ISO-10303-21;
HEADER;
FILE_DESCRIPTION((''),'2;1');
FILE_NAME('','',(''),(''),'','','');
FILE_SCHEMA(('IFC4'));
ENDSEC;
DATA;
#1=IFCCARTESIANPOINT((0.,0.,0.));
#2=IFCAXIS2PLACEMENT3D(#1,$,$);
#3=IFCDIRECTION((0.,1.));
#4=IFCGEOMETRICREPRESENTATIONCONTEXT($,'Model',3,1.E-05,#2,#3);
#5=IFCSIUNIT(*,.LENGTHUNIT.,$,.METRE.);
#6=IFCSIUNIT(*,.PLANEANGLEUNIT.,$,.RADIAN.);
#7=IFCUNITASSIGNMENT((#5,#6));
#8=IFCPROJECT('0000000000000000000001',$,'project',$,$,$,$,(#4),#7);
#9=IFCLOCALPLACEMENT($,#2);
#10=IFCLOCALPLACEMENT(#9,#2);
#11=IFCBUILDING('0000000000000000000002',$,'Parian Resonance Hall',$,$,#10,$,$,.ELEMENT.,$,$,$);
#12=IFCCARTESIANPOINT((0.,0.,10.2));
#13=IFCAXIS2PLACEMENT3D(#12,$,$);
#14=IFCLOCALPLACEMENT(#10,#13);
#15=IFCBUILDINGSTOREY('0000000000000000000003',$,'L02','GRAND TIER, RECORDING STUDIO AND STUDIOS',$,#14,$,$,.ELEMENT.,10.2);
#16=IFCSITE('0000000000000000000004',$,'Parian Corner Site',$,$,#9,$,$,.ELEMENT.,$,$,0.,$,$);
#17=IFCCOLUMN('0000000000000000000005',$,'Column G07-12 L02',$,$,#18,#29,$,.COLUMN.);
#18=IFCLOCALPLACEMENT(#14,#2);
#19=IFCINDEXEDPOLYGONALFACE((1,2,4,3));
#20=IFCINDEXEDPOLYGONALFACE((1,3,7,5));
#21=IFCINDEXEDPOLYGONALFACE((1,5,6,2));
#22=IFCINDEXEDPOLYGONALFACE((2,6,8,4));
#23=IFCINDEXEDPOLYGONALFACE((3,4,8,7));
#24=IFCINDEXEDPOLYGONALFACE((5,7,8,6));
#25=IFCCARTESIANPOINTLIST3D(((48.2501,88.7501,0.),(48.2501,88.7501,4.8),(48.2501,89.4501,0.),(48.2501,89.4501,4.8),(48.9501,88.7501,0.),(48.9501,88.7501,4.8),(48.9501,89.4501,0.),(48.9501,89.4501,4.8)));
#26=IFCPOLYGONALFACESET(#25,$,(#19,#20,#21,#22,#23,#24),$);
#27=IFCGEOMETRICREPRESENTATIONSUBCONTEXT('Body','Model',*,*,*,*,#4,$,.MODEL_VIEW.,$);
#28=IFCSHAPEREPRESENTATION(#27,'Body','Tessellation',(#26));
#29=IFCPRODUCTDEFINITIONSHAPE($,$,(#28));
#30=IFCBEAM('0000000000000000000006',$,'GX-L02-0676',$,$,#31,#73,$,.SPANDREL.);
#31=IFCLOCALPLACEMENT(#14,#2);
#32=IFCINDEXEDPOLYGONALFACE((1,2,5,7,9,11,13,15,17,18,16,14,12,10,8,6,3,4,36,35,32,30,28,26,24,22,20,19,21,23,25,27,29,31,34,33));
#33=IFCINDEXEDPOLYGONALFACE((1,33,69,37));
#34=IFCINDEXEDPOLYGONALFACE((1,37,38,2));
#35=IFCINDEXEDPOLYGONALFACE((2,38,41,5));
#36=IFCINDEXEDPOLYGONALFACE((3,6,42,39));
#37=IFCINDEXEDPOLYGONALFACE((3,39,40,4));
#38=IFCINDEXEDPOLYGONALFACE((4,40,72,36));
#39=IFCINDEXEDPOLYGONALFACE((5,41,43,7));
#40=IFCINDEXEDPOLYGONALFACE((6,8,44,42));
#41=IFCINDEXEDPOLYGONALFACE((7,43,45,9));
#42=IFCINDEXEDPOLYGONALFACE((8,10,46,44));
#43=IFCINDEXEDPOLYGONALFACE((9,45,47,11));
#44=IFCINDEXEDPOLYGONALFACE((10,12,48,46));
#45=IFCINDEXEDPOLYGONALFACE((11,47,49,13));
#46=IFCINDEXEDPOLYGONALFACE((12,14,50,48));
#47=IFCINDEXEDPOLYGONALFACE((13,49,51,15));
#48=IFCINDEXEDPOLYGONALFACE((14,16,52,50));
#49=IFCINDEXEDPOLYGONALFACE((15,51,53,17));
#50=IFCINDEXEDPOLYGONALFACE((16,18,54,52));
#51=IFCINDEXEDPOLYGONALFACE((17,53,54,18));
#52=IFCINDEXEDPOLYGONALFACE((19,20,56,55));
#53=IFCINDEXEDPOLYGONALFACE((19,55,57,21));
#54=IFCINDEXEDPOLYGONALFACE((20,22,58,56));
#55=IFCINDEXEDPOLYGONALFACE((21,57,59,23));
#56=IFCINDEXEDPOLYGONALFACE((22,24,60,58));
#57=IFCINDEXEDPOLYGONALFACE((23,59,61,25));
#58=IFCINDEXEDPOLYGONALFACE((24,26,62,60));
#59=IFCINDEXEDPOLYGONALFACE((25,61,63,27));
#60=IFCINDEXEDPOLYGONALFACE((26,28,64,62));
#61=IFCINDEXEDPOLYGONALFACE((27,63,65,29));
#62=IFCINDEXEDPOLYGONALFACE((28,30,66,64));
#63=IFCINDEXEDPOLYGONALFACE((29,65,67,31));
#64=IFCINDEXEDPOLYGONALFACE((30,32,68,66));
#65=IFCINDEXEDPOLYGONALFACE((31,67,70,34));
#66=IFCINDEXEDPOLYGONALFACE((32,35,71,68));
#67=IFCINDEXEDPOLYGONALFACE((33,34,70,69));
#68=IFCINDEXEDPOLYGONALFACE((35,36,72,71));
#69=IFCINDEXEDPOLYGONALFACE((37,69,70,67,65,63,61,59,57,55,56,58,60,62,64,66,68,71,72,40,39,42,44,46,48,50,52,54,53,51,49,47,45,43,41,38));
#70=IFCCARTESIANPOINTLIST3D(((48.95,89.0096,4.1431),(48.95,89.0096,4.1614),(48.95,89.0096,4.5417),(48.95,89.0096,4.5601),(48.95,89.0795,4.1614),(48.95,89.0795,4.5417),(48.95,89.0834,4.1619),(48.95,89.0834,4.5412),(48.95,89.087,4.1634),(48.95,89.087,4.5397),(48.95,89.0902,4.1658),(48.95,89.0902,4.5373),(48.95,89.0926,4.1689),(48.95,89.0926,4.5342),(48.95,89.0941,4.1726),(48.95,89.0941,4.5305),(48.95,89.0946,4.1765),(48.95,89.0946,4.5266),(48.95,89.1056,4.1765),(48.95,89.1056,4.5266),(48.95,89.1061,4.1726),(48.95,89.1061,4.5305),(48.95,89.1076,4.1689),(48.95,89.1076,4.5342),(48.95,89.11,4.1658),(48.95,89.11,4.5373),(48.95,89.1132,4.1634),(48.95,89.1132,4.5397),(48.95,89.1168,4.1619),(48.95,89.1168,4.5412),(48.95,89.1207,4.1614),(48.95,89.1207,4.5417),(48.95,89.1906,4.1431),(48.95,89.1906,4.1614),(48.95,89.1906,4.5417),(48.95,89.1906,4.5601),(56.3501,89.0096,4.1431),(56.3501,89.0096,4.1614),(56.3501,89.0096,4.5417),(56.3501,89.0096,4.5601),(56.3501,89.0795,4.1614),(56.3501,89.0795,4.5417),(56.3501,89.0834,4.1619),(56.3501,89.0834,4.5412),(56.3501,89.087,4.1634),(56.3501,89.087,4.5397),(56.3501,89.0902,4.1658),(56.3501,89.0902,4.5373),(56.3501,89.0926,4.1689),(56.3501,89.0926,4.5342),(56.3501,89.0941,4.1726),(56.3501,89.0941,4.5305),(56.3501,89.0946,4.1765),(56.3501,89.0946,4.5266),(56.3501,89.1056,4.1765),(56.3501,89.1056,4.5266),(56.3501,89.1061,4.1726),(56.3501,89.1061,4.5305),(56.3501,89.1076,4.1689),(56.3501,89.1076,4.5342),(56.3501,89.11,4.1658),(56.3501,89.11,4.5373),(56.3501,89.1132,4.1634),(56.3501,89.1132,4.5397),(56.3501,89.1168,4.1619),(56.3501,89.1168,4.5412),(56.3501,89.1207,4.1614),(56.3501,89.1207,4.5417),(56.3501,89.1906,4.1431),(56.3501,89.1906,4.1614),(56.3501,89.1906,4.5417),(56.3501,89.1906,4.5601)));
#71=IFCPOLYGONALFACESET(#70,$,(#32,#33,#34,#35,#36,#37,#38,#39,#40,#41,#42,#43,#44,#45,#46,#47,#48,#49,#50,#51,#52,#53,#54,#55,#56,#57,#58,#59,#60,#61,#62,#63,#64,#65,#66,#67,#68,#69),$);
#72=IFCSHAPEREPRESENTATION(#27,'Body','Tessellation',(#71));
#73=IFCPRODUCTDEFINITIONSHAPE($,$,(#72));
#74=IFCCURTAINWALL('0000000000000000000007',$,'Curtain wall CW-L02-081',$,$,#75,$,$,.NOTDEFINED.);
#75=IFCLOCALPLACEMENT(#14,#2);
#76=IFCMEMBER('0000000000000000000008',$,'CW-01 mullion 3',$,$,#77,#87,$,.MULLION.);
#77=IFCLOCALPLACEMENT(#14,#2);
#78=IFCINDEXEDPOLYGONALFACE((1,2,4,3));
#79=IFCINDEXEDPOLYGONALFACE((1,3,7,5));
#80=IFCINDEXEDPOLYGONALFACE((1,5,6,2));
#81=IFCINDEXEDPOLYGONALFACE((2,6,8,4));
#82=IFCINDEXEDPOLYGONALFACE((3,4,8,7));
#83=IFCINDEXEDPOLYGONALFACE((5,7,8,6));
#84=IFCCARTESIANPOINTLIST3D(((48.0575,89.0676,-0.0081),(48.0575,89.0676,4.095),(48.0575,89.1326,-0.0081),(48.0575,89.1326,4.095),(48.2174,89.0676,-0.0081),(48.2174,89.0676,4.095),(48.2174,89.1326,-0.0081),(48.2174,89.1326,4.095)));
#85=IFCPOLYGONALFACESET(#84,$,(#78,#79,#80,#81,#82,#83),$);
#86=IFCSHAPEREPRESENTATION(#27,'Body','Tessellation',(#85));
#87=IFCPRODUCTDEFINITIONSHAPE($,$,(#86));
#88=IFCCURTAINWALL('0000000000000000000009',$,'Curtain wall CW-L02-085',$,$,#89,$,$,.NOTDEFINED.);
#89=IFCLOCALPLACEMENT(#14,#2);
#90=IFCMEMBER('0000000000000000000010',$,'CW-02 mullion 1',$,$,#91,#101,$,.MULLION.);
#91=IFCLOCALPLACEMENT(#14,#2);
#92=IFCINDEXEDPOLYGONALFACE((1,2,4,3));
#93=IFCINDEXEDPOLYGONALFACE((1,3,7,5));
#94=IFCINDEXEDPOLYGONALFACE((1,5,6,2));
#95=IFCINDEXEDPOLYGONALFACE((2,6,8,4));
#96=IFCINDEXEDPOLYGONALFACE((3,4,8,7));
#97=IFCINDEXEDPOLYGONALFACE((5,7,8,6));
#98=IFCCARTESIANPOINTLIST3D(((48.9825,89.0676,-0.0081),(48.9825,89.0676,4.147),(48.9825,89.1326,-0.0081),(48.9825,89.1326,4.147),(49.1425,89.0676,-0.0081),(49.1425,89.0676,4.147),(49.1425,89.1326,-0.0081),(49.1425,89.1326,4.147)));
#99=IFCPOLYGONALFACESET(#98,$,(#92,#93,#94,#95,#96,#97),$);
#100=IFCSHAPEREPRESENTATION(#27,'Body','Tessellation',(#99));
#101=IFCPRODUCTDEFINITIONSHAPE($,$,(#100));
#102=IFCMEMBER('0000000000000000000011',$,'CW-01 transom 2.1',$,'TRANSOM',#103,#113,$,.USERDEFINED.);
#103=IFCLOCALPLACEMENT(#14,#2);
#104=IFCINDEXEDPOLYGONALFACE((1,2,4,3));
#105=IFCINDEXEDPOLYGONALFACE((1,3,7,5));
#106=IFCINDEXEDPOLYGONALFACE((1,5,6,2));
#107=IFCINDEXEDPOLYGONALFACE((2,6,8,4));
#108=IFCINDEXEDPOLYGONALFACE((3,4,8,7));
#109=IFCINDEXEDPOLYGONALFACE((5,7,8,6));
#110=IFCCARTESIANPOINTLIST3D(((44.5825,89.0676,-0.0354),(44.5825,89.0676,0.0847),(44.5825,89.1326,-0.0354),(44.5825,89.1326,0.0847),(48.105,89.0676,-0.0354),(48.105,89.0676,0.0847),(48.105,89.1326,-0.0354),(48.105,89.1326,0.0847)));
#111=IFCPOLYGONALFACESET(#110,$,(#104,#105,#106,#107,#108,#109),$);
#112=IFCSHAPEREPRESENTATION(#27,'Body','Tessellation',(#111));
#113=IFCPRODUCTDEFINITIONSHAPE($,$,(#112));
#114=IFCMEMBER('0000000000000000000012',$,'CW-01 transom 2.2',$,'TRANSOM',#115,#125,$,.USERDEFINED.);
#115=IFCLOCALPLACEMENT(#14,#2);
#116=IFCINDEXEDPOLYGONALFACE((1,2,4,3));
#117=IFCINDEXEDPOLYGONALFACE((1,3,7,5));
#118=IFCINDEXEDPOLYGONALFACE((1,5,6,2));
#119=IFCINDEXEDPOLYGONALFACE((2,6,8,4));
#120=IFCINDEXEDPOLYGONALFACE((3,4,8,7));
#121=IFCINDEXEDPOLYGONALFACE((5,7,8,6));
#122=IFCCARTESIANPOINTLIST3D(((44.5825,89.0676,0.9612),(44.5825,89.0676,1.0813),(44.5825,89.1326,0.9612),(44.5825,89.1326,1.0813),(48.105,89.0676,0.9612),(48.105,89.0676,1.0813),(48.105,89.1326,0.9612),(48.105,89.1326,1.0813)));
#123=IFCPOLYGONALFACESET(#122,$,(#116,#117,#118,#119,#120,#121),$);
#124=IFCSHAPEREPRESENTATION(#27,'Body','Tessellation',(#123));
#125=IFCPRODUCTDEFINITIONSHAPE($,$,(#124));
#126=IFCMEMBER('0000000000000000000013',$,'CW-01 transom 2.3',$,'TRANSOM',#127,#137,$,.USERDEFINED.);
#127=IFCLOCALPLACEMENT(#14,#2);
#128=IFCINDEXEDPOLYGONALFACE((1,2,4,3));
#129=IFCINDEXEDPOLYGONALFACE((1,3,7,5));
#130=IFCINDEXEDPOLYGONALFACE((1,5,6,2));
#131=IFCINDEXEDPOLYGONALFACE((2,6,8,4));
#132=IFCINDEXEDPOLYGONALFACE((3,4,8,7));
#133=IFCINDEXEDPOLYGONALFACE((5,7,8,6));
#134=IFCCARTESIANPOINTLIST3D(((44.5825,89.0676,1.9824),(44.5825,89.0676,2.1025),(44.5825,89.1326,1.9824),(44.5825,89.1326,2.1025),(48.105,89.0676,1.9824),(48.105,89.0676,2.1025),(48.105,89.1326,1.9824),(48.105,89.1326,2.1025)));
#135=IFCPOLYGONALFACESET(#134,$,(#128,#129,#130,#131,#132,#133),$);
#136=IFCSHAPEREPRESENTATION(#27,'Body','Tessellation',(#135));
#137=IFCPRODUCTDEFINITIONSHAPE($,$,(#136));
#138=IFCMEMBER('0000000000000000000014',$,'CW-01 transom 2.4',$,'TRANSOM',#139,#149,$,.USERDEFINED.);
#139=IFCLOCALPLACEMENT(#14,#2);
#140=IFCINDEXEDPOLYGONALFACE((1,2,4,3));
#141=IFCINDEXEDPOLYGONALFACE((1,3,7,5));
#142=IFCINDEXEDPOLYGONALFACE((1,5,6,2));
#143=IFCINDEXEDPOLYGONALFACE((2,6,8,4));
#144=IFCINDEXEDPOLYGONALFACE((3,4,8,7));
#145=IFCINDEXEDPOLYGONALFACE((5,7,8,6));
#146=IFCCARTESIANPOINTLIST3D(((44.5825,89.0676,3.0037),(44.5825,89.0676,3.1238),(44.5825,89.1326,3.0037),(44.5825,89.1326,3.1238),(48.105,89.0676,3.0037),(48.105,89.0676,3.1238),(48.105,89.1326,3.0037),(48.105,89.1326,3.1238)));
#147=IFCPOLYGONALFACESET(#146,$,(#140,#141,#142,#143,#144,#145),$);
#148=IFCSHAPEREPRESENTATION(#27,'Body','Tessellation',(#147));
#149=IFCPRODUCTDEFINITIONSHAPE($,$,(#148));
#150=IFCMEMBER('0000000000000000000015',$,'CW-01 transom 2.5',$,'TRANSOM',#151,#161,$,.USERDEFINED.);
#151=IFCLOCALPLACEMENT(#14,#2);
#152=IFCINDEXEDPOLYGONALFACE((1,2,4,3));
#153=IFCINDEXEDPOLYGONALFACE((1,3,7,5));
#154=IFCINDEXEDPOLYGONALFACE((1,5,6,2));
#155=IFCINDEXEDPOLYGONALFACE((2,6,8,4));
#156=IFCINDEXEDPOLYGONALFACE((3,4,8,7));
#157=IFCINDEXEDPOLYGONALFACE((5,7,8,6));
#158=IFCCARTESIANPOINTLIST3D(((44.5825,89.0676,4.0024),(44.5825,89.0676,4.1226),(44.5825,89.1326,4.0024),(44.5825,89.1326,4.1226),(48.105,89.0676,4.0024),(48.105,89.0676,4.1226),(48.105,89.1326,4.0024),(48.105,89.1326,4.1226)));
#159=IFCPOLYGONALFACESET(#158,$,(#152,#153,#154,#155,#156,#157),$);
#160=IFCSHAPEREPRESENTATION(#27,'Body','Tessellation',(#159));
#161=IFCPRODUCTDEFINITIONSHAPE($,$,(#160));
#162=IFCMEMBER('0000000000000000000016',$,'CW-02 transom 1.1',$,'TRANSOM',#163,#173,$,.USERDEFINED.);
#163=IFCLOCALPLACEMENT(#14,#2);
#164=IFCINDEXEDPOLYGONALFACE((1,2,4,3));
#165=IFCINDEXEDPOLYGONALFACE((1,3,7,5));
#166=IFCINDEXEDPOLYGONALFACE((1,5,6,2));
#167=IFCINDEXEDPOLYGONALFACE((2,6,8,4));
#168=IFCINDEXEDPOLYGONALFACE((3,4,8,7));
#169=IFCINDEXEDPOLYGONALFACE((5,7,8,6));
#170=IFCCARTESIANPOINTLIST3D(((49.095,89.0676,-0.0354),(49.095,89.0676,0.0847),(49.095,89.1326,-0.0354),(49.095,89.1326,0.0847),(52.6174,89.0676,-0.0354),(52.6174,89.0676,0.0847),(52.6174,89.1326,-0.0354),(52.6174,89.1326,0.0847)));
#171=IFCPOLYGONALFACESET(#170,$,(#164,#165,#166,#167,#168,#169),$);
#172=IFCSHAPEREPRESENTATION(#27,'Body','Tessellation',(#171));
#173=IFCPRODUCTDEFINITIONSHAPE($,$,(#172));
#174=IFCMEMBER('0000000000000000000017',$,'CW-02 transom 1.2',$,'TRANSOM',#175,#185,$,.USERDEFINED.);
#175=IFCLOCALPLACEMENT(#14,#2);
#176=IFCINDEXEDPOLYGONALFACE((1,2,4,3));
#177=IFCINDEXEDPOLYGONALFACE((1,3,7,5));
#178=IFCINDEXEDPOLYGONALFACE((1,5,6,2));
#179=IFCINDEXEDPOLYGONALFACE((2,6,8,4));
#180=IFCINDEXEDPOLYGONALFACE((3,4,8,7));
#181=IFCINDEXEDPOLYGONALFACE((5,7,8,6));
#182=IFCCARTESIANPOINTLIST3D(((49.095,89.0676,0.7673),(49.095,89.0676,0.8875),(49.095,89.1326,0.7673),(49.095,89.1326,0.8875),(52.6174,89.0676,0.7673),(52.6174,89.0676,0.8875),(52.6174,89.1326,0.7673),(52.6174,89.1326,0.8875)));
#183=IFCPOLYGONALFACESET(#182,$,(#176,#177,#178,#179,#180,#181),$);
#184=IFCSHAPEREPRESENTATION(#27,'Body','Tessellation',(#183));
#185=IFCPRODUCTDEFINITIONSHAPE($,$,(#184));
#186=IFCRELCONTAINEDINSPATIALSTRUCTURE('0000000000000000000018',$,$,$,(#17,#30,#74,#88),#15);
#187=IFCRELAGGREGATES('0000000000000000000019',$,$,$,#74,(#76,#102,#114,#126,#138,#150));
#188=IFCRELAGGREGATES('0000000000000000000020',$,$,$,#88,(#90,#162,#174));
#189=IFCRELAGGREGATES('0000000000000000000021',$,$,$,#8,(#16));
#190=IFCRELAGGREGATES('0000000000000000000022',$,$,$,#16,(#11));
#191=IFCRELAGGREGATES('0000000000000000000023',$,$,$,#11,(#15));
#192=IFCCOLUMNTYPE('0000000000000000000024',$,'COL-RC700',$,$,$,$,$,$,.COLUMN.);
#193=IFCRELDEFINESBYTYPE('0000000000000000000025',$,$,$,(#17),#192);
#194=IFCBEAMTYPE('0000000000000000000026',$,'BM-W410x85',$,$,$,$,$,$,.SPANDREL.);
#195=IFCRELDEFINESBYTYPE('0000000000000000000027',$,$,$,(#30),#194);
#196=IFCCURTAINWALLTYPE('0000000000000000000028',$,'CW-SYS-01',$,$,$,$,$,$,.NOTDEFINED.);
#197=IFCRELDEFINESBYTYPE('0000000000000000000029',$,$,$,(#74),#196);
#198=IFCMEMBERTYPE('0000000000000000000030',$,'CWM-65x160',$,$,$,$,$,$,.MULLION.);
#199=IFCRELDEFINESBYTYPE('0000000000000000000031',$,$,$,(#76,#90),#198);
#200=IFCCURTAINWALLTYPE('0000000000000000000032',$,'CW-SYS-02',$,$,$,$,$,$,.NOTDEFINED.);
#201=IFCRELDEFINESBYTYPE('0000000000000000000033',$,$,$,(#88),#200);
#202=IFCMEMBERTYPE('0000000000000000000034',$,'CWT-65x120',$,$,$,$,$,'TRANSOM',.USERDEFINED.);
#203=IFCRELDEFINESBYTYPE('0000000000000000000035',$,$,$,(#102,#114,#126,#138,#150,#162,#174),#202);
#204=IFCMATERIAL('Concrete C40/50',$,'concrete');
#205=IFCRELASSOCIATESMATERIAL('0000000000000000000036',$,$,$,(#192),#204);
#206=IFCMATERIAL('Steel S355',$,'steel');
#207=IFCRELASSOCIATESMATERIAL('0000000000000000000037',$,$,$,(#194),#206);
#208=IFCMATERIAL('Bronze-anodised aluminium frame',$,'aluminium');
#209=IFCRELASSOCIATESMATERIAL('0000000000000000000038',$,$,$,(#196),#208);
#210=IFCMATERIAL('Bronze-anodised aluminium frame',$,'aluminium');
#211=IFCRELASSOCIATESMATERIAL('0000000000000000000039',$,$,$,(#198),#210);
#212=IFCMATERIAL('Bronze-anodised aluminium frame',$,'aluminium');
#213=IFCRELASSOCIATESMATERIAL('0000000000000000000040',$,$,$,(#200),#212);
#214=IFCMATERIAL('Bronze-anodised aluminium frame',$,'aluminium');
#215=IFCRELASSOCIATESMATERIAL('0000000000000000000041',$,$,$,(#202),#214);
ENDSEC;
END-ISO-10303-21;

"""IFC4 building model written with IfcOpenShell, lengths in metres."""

from ifc_helpers import new_model, si_unit, direction, frame, origin, origin_2d, place, context, subcontext, project, spatial, rectangle, i_section, extrude, material, material_profile, profile_set, type_object, element, aggregate, save


model = new_model("IFC4")

# Units and contexts
model_context = context("Model", 3, precision=1e-05, world=origin(), true_north=direction((0.0, 1.0)))
body_context = subcontext(model_context, "Body", "Model", "MODEL_VIEW")
ifc_project = project(units=[si_unit("LENGTHUNIT", "METRE"), si_unit("PLANEANGLEUNIT", "RADIAN")], contexts=[model_context])

# Site, building, storey
site_placement = place(None, origin())
site = spatial("IfcSite", under=ifc_project, at=site_placement, Name="Parian Corner Site", CompositionType="ELEMENT", RefElevation=0.0)
building_placement = place(site_placement, origin())
building = spatial("IfcBuilding", under=site, at=building_placement, Name="Parian Resonance Hall", CompositionType="ELEMENT")
storey_placement = place(building_placement, frame((0.0, 0.0, 10.2)))
storey = spatial("IfcBuildingStorey", under=building, at=storey_placement, Name="L02", Description="GRAND TIER, RECORDING STUDIO AND STUDIOS", CompositionType="ELEMENT", Elevation=10.2)

# Column
ifc_material_1 = material(Name="Concrete C40/50", Category="concrete")
ifc_material_profile_1 = material_profile(ifc_material_1, rectangle(XDim=0.7, YDim=0.7, at=origin_2d()), Name="RC-COL-700x700")
ifc_profile_set_1 = profile_set([ifc_material_profile_1], Name="Concrete C40/50")
column_type = type_object("IfcColumnType", Name="COL-RC700", PredefinedType="COLUMN", material=ifc_profile_set_1)
column_placement = place(storey_placement, frame((48.6001, 89.1001, 0.0), z_axis=(0.0, 0.0, 1.0), x_axis=(1.0, 0.0, 0.0)))
element("IfcColumn", 1, at=column_placement, inside=storey, type_object=column_type, Name="Column G07-12 L02", PredefinedType="COLUMN", context=body_context, shape_type="SweptSolid", body=[
    extrude(rectangle(XDim=0.7, YDim=0.7, at=origin_2d()), origin(), (0.0, 0.0, 1.0), 4.8),
])

# Beam
ifc_material_2 = material(Name="Steel S355", Category="steel")
ifc_material_profile_2 = material_profile(ifc_material_2, i_section(OverallWidth=0.1809, OverallDepth=0.417, WebThickness=0.011, FlangeThickness=0.0183, FilletRadius=0.0151, at=origin_2d()), Name="W410x85")
ifc_profile_set_2 = profile_set([ifc_material_profile_2], Name="Steel S355")
beam_type = type_object("IfcBeamType", Name="BM-W410x85", PredefinedType="SPANDREL", material=ifc_profile_set_2)
beam_placement = place(storey_placement, frame((48.95, 89.1001, 4.3516), z_axis=(1.0, 0.0, 0.0), x_axis=(0.0, 1.0, 0.0)))
element("IfcBeam", 2, at=beam_placement, inside=storey, type_object=beam_type, Name="GX-L02-0676", PredefinedType="SPANDREL", context=body_context, shape_type="SweptSolid", body=[
    extrude(i_section(OverallWidth=0.1809, OverallDepth=0.417, WebThickness=0.011, FlangeThickness=0.0183, FilletRadius=0.0151, at=origin_2d()), origin(), (0.0, 0.0, 1.0), 7.4001),
])

# Curtain walls, members
ifc_material_3 = material(Name="Bronze-anodised aluminium frame", Category="aluminium")
curtain_wall_type_1 = type_object("IfcCurtainWallType", Name="CW-SYS-01", PredefinedType="NOTDEFINED", material=ifc_material_3)
curtain_wall_1_placement = place(storey_placement, origin())
curtain_wall_1 = element("IfcCurtainWall", 3, at=curtain_wall_1_placement, inside=storey, type_object=curtain_wall_type_1, Name="Curtain wall CW-L02-081", PredefinedType="NOTDEFINED")
ifc_material_4 = material(Name="Bronze-anodised aluminium frame", Category="aluminium")
ifc_material_profile_3 = material_profile(ifc_material_4, rectangle(XDim=0.0649, YDim=0.1599, at=origin_2d()), Name="CWM-65x160")
ifc_profile_set_3 = profile_set([ifc_material_profile_3], Name="Bronze-anodised aluminium frame")
member_type_1 = type_object("IfcMemberType", Name="CWM-65x160", PredefinedType="MULLION", material=ifc_profile_set_3)
member_1_placement = place(storey_placement, frame((48.1375, 89.1001, -0.0081), z_axis=(0.0, 0.0, 1.0), x_axis=(0.0, 1.0, 0.0)))
member_1 = element("IfcMember", 4, at=member_1_placement, type_object=member_type_1, Name="CW-01 mullion 3", PredefinedType="MULLION", context=body_context, shape_type="SweptSolid", body=[
    extrude(rectangle(XDim=0.0649, YDim=0.1599, at=origin_2d()), origin(), (0.0, 0.0, 1.0), 4.103),
])
ifc_material_5 = material(Name="Bronze-anodised aluminium frame", Category="aluminium")
curtain_wall_type_2 = type_object("IfcCurtainWallType", Name="CW-SYS-02", PredefinedType="NOTDEFINED", material=ifc_material_5)
curtain_wall_2_placement = place(storey_placement, origin())
curtain_wall_2 = element("IfcCurtainWall", 5, at=curtain_wall_2_placement, inside=storey, type_object=curtain_wall_type_2, Name="Curtain wall CW-L02-085", PredefinedType="NOTDEFINED")
member_2_placement = place(storey_placement, frame((49.0625, 89.1001, -0.0081), z_axis=(0.0, 0.0, 1.0), x_axis=(0.0, 1.0, 0.0)))
member_2 = element("IfcMember", 6, at=member_2_placement, type_object=member_type_1, Name="CW-02 mullion 1", PredefinedType="MULLION", context=body_context, shape_type="SweptSolid", body=[
    extrude(rectangle(XDim=0.0649, YDim=0.1599, at=origin_2d()), origin(), (0.0, 0.0, 1.0), 4.155),
])

# Members
ifc_material_6 = material(Name="Bronze-anodised aluminium frame", Category="aluminium")
ifc_material_profile_4 = material_profile(ifc_material_6, rectangle(XDim=0.0649, YDim=0.1201, at=origin_2d()), Name="CWT-65x120")
ifc_profile_set_4 = profile_set([ifc_material_profile_4], Name="Bronze-anodised aluminium frame")
member_type_2 = type_object("IfcMemberType", Name="CWT-65x120", ElementType="TRANSOM", PredefinedType="USERDEFINED", material=ifc_profile_set_4)
member_3_placement = place(storey_placement, frame((44.5825, 89.1001, 0.0247), z_axis=(1.0, 0.0, 0.0), x_axis=(0.0, 1.0, 0.0)))
member_3 = element("IfcMember", 7, at=member_3_placement, type_object=member_type_2, Name="CW-01 transom 2.1", ObjectType="TRANSOM", PredefinedType="USERDEFINED", context=body_context, shape_type="SweptSolid", body=[
    extrude(rectangle(XDim=0.0649, YDim=0.1201, at=origin_2d()), origin(), (0.0, 0.0, 1.0), 3.5225),
])
member_4_placement = place(storey_placement, frame((44.5825, 89.1001, 1.0212), z_axis=(1.0, 0.0, 0.0), x_axis=(0.0, 1.0, 0.0)))
member_4 = element("IfcMember", 8, at=member_4_placement, type_object=member_type_2, Name="CW-01 transom 2.2", ObjectType="TRANSOM", PredefinedType="USERDEFINED", context=body_context, shape_type="SweptSolid", body=[
    extrude(rectangle(XDim=0.0649, YDim=0.1201, at=origin_2d()), origin(), (0.0, 0.0, 1.0), 3.5225),
])
member_5_placement = place(storey_placement, frame((44.5825, 89.1001, 2.0425), z_axis=(1.0, 0.0, 0.0), x_axis=(0.0, 1.0, 0.0)))
member_5 = element("IfcMember", 9, at=member_5_placement, type_object=member_type_2, Name="CW-01 transom 2.3", ObjectType="TRANSOM", PredefinedType="USERDEFINED", context=body_context, shape_type="SweptSolid", body=[
    extrude(rectangle(XDim=0.0649, YDim=0.1201, at=origin_2d()), origin(), (0.0, 0.0, 1.0), 3.5225),
])
member_6_placement = place(storey_placement, frame((44.5825, 89.1001, 3.0637), z_axis=(1.0, 0.0, 0.0), x_axis=(0.0, 1.0, 0.0)))
member_6 = element("IfcMember", 10, at=member_6_placement, type_object=member_type_2, Name="CW-01 transom 2.4", ObjectType="TRANSOM", PredefinedType="USERDEFINED", context=body_context, shape_type="SweptSolid", body=[
    extrude(rectangle(XDim=0.0649, YDim=0.1201, at=origin_2d()), origin(), (0.0, 0.0, 1.0), 3.5225),
])
member_7_placement = place(storey_placement, frame((44.5825, 89.1001, 4.0625), z_axis=(1.0, 0.0, 0.0), x_axis=(0.0, 1.0, 0.0)))
member_7 = element("IfcMember", 11, at=member_7_placement, type_object=member_type_2, Name="CW-01 transom 2.5", ObjectType="TRANSOM", PredefinedType="USERDEFINED", context=body_context, shape_type="SweptSolid", body=[
    extrude(rectangle(XDim=0.0649, YDim=0.1201, at=origin_2d()), origin(), (0.0, 0.0, 1.0), 3.5225),
])
member_8_placement = place(storey_placement, frame((49.095, 89.1001, 0.0247), z_axis=(1.0, 0.0, 0.0), x_axis=(0.0, 1.0, 0.0)))
member_8 = element("IfcMember", 12, at=member_8_placement, type_object=member_type_2, Name="CW-02 transom 1.1", ObjectType="TRANSOM", PredefinedType="USERDEFINED", context=body_context, shape_type="SweptSolid", body=[
    extrude(rectangle(XDim=0.0649, YDim=0.1201, at=origin_2d()), origin(), (0.0, 0.0, 1.0), 3.5225),
])
member_9_placement = place(storey_placement, frame((49.095, 89.1001, 0.8274), z_axis=(1.0, 0.0, 0.0), x_axis=(0.0, 1.0, 0.0)))
member_9 = element("IfcMember", 13, at=member_9_placement, type_object=member_type_2, Name="CW-02 transom 1.2", ObjectType="TRANSOM", PredefinedType="USERDEFINED", context=body_context, shape_type="SweptSolid", body=[
    extrude(rectangle(XDim=0.0649, YDim=0.1201, at=origin_2d()), origin(), (0.0, 0.0, 1.0), 3.5225),
])

aggregate(curtain_wall_1, [member_1, member_3, member_4, member_5, member_6, member_7])
aggregate(curtain_wall_2, [member_2, member_8, member_9])

save(model, "model.ifc")
